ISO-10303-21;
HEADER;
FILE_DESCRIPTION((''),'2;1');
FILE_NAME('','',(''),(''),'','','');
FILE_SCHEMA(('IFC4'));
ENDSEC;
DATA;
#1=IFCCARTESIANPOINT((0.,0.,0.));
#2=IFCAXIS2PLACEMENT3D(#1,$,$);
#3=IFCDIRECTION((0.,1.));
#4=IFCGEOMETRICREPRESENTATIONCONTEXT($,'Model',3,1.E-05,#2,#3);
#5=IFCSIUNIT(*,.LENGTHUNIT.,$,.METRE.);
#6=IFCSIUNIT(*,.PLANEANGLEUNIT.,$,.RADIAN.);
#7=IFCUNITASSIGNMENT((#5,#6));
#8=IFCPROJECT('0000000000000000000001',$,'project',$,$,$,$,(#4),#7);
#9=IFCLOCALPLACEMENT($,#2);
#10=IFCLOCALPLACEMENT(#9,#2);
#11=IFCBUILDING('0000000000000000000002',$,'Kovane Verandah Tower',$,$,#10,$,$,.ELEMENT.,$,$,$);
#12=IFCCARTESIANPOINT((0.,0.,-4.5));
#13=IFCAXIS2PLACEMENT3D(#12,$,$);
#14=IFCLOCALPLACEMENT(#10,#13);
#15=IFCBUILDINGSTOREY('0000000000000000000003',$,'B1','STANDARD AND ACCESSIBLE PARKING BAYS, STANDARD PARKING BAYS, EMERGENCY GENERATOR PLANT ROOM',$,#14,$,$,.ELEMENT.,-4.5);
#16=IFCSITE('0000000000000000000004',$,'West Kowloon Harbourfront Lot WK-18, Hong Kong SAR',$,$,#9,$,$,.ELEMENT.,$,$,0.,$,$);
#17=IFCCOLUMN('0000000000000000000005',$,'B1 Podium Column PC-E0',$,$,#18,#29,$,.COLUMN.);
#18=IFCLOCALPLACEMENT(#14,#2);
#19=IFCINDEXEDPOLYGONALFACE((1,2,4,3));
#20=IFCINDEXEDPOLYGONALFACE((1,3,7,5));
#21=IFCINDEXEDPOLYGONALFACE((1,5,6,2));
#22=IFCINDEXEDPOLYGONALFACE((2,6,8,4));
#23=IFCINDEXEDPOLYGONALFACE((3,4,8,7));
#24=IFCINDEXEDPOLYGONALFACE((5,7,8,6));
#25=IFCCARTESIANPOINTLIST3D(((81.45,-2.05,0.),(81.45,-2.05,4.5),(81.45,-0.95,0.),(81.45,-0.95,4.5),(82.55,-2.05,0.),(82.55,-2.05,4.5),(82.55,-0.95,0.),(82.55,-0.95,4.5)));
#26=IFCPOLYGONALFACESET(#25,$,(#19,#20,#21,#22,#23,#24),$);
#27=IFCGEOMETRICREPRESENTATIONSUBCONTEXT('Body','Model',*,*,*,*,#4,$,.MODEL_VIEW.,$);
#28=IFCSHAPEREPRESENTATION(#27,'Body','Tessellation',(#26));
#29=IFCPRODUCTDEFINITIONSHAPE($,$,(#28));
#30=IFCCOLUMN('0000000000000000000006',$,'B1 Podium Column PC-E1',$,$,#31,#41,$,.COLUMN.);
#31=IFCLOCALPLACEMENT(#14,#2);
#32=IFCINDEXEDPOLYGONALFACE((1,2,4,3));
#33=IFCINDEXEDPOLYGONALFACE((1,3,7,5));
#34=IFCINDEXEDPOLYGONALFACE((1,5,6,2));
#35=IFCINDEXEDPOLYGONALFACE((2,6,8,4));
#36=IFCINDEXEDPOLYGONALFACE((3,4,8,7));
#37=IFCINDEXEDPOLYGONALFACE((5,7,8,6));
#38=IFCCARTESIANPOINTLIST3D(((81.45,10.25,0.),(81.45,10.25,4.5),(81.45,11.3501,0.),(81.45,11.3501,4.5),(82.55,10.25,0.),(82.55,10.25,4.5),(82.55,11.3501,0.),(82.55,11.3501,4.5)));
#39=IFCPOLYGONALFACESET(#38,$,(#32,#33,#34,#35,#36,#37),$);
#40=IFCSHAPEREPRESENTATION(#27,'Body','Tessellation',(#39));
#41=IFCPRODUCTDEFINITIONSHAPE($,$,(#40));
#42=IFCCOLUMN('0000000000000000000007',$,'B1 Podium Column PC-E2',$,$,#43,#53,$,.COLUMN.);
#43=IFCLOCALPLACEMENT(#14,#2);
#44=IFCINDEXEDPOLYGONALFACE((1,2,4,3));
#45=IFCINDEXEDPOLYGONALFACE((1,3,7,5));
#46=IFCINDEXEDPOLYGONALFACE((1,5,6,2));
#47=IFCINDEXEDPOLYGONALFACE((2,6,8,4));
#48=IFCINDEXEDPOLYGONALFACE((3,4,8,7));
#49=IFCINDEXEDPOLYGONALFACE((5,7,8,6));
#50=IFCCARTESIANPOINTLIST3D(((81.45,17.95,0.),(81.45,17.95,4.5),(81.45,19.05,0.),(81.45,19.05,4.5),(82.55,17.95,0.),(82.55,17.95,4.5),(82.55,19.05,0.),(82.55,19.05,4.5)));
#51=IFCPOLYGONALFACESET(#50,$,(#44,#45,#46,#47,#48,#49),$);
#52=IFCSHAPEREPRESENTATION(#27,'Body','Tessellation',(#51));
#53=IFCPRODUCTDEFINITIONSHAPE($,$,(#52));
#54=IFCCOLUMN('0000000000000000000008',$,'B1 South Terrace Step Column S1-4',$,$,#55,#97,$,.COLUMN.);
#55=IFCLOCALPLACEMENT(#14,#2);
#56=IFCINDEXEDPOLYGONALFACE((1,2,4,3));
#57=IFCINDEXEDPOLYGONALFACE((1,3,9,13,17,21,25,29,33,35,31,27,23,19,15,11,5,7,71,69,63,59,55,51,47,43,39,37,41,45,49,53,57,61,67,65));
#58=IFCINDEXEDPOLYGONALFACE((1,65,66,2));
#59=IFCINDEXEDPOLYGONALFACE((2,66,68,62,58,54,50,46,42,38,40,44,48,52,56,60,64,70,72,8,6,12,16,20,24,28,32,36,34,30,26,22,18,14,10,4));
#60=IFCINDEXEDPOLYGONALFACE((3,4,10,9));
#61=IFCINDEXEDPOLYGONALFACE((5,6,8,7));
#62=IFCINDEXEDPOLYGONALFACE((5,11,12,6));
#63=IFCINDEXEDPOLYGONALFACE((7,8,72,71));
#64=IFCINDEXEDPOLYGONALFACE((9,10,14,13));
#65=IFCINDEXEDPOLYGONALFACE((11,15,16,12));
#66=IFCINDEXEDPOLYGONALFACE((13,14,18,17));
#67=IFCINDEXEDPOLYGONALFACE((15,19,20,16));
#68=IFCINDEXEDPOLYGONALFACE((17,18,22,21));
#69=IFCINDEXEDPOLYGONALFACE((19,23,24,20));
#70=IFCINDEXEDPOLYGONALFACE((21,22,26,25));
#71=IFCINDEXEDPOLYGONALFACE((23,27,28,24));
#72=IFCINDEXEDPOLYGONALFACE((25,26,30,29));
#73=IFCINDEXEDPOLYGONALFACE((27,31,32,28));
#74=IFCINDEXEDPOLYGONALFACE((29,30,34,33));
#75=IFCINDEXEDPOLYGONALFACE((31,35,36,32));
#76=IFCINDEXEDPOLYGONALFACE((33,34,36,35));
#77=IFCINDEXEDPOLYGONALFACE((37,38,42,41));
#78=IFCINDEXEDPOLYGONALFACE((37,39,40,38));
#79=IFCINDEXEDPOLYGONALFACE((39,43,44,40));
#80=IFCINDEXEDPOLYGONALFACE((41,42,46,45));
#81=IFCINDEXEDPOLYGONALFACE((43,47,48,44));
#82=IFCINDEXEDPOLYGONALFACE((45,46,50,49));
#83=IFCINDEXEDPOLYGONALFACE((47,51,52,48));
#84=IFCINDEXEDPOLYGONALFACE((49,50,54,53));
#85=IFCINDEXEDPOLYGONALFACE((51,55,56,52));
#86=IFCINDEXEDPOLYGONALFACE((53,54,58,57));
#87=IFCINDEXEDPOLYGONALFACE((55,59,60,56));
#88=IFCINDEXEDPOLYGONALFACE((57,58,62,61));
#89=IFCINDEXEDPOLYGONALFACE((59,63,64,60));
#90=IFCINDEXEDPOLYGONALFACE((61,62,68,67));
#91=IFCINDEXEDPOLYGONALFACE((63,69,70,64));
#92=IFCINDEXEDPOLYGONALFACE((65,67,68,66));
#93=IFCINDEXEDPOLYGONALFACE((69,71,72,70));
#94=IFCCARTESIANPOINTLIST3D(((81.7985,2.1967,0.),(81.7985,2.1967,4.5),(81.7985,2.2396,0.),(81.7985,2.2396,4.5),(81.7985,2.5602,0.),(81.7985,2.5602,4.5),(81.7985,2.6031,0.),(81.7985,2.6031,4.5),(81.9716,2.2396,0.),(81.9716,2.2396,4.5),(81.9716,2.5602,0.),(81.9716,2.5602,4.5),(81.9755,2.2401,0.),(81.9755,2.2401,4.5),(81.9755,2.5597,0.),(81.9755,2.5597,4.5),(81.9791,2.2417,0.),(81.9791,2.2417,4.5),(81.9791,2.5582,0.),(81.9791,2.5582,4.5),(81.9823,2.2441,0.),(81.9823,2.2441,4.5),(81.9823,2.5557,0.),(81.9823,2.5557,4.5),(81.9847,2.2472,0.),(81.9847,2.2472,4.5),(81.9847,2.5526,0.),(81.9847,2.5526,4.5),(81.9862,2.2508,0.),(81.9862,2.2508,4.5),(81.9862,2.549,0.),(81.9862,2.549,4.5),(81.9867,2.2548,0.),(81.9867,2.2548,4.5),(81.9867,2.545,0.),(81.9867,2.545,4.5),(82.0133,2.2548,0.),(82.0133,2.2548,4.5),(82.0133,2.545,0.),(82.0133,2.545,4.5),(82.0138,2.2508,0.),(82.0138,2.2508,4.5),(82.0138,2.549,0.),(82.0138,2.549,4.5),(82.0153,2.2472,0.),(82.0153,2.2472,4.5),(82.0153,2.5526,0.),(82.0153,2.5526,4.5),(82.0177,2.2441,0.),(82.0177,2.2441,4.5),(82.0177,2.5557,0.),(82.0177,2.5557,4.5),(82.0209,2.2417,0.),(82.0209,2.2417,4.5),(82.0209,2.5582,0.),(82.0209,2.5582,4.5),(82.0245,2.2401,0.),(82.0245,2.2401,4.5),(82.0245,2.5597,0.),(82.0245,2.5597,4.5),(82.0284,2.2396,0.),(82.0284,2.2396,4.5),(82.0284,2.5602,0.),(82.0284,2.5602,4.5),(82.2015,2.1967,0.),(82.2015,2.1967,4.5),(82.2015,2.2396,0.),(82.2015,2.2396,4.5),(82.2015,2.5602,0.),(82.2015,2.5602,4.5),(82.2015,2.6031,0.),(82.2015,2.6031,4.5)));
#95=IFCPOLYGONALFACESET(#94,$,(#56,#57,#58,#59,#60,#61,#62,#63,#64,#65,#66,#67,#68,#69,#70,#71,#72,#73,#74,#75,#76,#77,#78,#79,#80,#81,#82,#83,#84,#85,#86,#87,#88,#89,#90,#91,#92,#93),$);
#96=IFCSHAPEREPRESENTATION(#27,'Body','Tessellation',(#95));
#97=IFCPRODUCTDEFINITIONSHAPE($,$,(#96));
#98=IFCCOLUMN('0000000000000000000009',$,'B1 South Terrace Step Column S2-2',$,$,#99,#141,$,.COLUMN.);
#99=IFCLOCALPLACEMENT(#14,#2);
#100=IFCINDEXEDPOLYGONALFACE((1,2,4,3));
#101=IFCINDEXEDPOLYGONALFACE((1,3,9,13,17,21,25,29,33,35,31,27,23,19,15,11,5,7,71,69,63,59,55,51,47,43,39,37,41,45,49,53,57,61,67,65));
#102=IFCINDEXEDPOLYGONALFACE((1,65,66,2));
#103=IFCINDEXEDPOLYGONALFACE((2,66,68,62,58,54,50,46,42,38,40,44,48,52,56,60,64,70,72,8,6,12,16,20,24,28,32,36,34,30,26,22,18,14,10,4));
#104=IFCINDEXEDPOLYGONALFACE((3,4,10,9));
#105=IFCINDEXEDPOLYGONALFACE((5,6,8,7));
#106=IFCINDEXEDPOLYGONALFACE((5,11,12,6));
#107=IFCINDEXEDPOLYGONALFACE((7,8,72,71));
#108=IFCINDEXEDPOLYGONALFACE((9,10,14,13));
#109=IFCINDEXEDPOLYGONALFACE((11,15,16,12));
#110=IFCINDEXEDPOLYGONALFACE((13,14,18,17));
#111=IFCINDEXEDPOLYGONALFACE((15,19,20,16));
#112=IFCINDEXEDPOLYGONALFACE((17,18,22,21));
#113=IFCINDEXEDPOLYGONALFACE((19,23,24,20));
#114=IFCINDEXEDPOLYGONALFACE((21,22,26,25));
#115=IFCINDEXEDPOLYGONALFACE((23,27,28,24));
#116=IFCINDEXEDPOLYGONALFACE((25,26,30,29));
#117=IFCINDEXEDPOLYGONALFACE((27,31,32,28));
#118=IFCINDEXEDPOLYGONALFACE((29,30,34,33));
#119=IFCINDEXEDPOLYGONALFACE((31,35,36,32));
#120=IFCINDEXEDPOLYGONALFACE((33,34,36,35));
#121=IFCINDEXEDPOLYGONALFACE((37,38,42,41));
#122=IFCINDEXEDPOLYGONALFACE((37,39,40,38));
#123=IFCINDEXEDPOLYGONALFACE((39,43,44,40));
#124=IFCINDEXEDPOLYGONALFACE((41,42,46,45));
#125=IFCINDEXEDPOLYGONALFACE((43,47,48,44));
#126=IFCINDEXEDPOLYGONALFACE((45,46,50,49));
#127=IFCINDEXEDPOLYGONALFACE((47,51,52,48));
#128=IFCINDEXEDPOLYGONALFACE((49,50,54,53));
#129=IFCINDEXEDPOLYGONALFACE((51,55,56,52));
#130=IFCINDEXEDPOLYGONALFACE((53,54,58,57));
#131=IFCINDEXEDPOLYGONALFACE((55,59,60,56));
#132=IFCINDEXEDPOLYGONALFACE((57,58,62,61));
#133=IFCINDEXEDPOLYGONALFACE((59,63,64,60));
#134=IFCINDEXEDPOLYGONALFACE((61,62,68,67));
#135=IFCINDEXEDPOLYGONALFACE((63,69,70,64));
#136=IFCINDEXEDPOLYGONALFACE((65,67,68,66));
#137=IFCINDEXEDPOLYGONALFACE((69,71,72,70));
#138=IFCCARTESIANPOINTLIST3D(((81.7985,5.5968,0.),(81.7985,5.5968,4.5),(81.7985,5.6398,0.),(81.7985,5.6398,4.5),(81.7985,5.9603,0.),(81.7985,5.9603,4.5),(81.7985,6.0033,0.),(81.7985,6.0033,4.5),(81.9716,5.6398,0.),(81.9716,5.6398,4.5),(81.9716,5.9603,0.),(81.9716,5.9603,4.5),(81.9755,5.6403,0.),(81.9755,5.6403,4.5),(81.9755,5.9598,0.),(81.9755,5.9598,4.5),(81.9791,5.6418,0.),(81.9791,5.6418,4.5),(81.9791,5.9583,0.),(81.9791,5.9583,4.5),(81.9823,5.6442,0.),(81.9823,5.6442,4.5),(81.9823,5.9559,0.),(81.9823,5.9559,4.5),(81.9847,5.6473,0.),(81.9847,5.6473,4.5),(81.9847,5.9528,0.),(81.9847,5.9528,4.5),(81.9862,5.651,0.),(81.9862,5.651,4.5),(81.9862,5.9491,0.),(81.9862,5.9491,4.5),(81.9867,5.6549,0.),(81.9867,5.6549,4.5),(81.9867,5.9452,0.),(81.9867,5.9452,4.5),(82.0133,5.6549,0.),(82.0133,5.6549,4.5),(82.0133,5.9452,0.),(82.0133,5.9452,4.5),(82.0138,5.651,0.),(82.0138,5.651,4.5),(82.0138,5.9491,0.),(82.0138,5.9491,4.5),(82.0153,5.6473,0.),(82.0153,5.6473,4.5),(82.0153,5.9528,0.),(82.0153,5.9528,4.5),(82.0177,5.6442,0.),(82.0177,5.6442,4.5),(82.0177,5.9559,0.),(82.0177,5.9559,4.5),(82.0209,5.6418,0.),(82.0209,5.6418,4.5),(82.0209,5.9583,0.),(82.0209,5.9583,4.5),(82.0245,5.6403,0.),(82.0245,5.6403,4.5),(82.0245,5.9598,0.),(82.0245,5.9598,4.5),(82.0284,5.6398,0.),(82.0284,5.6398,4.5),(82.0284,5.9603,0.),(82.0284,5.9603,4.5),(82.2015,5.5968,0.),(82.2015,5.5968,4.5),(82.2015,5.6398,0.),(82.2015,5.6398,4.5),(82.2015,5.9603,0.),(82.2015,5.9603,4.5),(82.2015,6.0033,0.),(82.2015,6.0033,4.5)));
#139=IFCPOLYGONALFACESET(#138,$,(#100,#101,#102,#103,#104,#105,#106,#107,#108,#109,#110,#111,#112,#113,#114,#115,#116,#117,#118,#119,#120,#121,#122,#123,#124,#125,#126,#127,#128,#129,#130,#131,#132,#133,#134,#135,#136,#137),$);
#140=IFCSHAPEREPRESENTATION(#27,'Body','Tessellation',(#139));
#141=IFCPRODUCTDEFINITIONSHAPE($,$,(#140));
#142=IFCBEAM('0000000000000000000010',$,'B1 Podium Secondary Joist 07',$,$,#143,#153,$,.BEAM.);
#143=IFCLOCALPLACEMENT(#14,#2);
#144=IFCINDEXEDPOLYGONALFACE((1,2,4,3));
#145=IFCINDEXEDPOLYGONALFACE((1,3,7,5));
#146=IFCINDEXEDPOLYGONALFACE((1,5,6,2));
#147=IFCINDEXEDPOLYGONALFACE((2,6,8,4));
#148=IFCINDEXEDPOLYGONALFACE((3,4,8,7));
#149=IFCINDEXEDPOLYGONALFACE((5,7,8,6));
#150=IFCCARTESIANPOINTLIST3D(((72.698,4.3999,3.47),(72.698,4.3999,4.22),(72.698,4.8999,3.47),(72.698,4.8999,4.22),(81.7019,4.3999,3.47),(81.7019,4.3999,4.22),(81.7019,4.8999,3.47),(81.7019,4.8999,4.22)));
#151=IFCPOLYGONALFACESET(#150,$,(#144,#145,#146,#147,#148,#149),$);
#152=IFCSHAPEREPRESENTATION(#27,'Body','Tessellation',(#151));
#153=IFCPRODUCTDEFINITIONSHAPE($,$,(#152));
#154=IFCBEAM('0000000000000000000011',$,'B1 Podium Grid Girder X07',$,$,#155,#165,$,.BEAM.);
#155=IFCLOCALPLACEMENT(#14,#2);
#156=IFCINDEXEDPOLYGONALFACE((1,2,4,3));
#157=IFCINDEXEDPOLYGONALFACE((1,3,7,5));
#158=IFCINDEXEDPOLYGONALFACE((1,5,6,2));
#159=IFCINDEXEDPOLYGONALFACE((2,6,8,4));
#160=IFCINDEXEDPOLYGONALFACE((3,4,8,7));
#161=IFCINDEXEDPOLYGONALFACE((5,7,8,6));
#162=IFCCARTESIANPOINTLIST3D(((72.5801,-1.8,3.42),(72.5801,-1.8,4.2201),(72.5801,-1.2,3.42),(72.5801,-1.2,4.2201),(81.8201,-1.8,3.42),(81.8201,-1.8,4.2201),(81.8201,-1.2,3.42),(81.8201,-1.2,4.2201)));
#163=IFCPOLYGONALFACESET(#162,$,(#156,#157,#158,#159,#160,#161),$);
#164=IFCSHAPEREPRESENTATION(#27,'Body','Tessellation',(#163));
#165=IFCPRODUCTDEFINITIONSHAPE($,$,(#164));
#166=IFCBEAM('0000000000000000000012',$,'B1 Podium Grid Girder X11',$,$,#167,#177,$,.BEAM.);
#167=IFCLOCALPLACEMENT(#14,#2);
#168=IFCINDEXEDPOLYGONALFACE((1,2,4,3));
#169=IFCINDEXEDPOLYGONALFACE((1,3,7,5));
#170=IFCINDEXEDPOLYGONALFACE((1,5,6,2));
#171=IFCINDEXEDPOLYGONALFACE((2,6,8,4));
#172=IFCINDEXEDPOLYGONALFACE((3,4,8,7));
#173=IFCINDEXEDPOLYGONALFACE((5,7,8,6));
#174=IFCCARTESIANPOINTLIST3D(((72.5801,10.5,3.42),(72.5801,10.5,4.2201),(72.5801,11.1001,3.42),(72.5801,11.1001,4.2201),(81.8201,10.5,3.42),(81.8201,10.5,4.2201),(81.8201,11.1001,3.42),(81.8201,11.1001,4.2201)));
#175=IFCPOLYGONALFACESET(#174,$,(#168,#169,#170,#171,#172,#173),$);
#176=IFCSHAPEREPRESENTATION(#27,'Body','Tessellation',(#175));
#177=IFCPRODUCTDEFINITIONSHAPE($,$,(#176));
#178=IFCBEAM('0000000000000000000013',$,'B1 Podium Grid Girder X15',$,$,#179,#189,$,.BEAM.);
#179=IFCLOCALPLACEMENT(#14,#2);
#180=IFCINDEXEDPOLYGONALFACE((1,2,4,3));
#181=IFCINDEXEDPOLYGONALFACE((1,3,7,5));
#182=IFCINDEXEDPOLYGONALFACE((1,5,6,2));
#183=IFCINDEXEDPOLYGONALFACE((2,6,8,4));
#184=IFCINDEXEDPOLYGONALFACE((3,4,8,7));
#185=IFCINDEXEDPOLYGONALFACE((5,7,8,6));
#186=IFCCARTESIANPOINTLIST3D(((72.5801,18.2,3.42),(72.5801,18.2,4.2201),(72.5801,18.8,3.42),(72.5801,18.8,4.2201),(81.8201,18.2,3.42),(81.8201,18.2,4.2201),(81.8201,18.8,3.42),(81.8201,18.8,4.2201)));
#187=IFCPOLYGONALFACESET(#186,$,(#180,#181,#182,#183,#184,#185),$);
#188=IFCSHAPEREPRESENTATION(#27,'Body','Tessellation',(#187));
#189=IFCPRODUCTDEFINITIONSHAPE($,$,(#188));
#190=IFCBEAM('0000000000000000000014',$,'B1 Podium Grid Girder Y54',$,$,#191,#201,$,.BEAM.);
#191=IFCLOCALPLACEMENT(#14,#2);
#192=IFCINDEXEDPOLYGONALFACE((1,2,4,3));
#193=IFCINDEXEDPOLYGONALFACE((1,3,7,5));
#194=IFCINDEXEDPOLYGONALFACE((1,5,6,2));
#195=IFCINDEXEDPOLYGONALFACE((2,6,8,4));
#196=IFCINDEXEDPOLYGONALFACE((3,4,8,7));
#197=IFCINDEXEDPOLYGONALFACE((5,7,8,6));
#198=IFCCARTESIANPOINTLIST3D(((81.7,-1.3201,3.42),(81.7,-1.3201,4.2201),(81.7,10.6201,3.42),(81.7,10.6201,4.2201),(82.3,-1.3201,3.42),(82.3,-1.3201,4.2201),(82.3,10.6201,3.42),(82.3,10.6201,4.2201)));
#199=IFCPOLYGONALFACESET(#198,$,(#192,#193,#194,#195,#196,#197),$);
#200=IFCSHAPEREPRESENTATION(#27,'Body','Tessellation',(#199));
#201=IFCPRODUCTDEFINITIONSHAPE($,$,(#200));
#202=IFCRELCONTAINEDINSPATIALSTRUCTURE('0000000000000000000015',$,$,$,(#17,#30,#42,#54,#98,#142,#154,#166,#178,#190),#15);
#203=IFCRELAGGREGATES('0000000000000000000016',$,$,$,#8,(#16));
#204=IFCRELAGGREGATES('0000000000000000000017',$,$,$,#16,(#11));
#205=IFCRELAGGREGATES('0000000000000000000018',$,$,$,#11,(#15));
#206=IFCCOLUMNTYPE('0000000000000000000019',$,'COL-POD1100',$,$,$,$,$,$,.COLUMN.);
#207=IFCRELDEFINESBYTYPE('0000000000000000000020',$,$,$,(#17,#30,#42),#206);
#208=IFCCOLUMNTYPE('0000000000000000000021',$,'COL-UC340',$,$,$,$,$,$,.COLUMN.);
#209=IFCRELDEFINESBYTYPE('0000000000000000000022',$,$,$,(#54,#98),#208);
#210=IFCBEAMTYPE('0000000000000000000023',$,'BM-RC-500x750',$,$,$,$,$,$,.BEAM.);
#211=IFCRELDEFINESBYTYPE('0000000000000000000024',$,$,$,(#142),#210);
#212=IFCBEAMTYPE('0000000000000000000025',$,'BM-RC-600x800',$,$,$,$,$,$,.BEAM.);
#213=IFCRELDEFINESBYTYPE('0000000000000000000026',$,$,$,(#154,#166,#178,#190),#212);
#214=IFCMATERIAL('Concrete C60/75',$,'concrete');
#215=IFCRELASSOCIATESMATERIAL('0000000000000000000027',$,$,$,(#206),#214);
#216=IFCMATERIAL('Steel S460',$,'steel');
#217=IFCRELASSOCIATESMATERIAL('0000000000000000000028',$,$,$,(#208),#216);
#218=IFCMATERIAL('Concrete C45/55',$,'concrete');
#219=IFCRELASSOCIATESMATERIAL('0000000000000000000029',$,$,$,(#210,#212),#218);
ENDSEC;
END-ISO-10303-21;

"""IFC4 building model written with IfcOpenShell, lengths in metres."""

from ifc_helpers import new_model, si_unit, direction, frame, origin, origin_2d, place, context, subcontext, project, spatial, rectangle, i_section, extrude, material, material_profile, profile_set, type_object, element, save


model = new_model("IFC4")

# Units and contexts
model_context = context("Model", 3, precision=1e-05, world=origin(), true_north=direction((0.0, 1.0)))
body_context = subcontext(model_context, "Body", "Model", "MODEL_VIEW")
ifc_project = project(units=[si_unit("LENGTHUNIT", "METRE"), si_unit("PLANEANGLEUNIT", "RADIAN")], contexts=[model_context])

# Site, building, storey
site_placement = place(None, origin())
site = spatial("IfcSite", under=ifc_project, at=site_placement, Name="West Kowloon Harbourfront Lot WK-18, Hong Kong SAR", CompositionType="ELEMENT", RefElevation=0.0)
building_placement = place(site_placement, origin())
building = spatial("IfcBuilding", under=site, at=building_placement, Name="Kovane Verandah Tower", CompositionType="ELEMENT")
storey_placement = place(building_placement, frame((0.0, 0.0, -4.5)))
storey = spatial("IfcBuildingStorey", under=building, at=storey_placement, Name="B1", Description="STANDARD AND ACCESSIBLE PARKING BAYS, STANDARD PARKING BAYS, EMERGENCY GENERATOR PLANT ROOM", CompositionType="ELEMENT", Elevation=-4.5)

# Columns
ifc_material_1 = material(Name="Concrete C60/75", Category="concrete")
ifc_material_profile_1 = material_profile(ifc_material_1, rectangle(XDim=1.1001, YDim=1.1001, at=origin_2d()), Name="RC1100x1100")
ifc_profile_set_1 = profile_set([ifc_material_profile_1], Name="Concrete C60/75")
column_type_1 = type_object("IfcColumnType", Name="COL-POD1100", PredefinedType="COLUMN", material=ifc_profile_set_1)
for number, where, z_axis, x_axis, name in (
    (1, (82.0, -1.5, 0.0), (0.0, 0.0, 1.0), (1.0, 0.0, 0.0), "B1 Podium Column PC-E0"),
    (2, (82.0, 10.8, 0.0), (0.0, 0.0, 1.0), (1.0, 0.0, 0.0), "B1 Podium Column PC-E1"),
    (3, (82.0, 18.5, 0.0), (0.0, 0.0, 1.0), (1.0, 0.0, 0.0), "B1 Podium Column PC-E2"),
):
    element("IfcColumn", number, at=place(storey_placement, frame(where, z_axis=z_axis, x_axis=x_axis)), inside=storey, type_object=column_type_1, Name=name, PredefinedType="COLUMN", context=body_context, shape_type="SweptSolid", body=[
        extrude(rectangle(XDim=1.1001, YDim=1.1001, at=origin_2d()), origin(), (0.0, 0.0, 1.0), 4.5),
    ])
ifc_material_2 = material(Name="Steel S460", Category="steel")
ifc_material_profile_2 = material_profile(ifc_material_2, i_section(OverallWidth=0.4031, OverallDepth=0.4065, WebThickness=0.0266, FlangeThickness=0.043, FilletRadius=0.0151, at=origin_2d()), Name="UC356x406x340")
ifc_profile_set_2 = profile_set([ifc_material_profile_2], Name="Steel S460")
column_type_2 = type_object("IfcColumnType", Name="COL-UC340", PredefinedType="COLUMN", material=ifc_profile_set_2)
for number, where, z_axis, x_axis, name in (
    (4, (82.0, 2.3999, 0.0), (0.0, 0.0, 1.0), (1.0, 0.0, 0.0), "B1 South Terrace Step Column S1-4"),
    (5, (82.0, 5.8, 0.0), (0.0, 0.0, 1.0), (1.0, 0.0, 0.0), "B1 South Terrace Step Column S2-2"),
):
    element("IfcColumn", number, at=place(storey_placement, frame(where, z_axis=z_axis, x_axis=x_axis)), inside=storey, type_object=column_type_2, Name=name, PredefinedType="COLUMN", context=body_context, shape_type="SweptSolid", body=[
        extrude(i_section(OverallWidth=0.4031, OverallDepth=0.4065, WebThickness=0.0266, FlangeThickness=0.043, FilletRadius=0.0151, at=origin_2d()), origin(), (0.0, 0.0, 1.0), 4.5),
    ])

# Beams
ifc_material_3 = material(Name="Concrete C45/55", Category="concrete")
ifc_material_profile_3 = material_profile(ifc_material_3, rectangle(XDim=0.5, YDim=0.75, at=origin_2d()), Name="RCB500x750")
ifc_profile_set_3 = profile_set([ifc_material_profile_3], Name="Concrete C45/55")
beam_type_1 = type_object("IfcBeamType", Name="BM-RC-500x750", PredefinedType="BEAM", material=ifc_profile_set_3)
beam_1_placement = place(storey_placement, frame((72.698, 4.6499, 3.845), z_axis=(1.0, 0.0, 0.0), x_axis=(0.0, 1.0, 0.0)))
element("IfcBeam", 6, at=beam_1_placement, inside=storey, type_object=beam_type_1, Name="B1 Podium Secondary Joist 07", PredefinedType="BEAM", context=body_context, shape_type="SweptSolid", body=[
    extrude(rectangle(XDim=0.5, YDim=0.75, at=origin_2d()), origin(), (0.0, 0.0, 1.0), 9.0039),
])
ifc_material_profile_4 = material_profile(ifc_material_3, rectangle(XDim=0.6001, YDim=0.8, at=origin_2d()), Name="RCB600x800")
ifc_profile_set_4 = profile_set([ifc_material_profile_4], Name="Concrete C45/55")
beam_type_2 = type_object("IfcBeamType", Name="BM-RC-600x800", PredefinedType="BEAM", material=ifc_profile_set_4)
for number, where, z_axis, x_axis, name in (
    (7, (72.5801, -1.5, 3.8201), (1.0, 0.0, 0.0), (0.0, 1.0, 0.0), "B1 Podium Grid Girder X07"),
    (8, (72.5801, 10.8, 3.8201), (1.0, 0.0, 0.0), (0.0, 1.0, 0.0), "B1 Podium Grid Girder X11"),
    (9, (72.5801, 18.5, 3.8201), (1.0, 0.0, 0.0), (0.0, 1.0, 0.0), "B1 Podium Grid Girder X15"),
):
    element("IfcBeam", number, at=place(storey_placement, frame(where, z_axis=z_axis, x_axis=x_axis)), inside=storey, type_object=beam_type_2, Name=name, PredefinedType="BEAM", context=body_context, shape_type="SweptSolid", body=[
        extrude(rectangle(XDim=0.6001, YDim=0.8, at=origin_2d()), origin(), (0.0, 0.0, 1.0), 9.24),
    ])
beam_2_placement = place(storey_placement, frame((82.0, -1.3201, 3.8201), z_axis=(0.0, 1.0, 0.0), x_axis=(-1.0, 0.0, 0.0)))
element("IfcBeam", 10, at=beam_2_placement, inside=storey, type_object=beam_type_2, Name="B1 Podium Grid Girder Y54", PredefinedType="BEAM", context=body_context, shape_type="SweptSolid", body=[
    extrude(rectangle(XDim=0.6001, YDim=0.8, at=origin_2d()), origin(), (0.0, 0.0, 1.0), 11.9402),
])

save(model, "model.ifc")
